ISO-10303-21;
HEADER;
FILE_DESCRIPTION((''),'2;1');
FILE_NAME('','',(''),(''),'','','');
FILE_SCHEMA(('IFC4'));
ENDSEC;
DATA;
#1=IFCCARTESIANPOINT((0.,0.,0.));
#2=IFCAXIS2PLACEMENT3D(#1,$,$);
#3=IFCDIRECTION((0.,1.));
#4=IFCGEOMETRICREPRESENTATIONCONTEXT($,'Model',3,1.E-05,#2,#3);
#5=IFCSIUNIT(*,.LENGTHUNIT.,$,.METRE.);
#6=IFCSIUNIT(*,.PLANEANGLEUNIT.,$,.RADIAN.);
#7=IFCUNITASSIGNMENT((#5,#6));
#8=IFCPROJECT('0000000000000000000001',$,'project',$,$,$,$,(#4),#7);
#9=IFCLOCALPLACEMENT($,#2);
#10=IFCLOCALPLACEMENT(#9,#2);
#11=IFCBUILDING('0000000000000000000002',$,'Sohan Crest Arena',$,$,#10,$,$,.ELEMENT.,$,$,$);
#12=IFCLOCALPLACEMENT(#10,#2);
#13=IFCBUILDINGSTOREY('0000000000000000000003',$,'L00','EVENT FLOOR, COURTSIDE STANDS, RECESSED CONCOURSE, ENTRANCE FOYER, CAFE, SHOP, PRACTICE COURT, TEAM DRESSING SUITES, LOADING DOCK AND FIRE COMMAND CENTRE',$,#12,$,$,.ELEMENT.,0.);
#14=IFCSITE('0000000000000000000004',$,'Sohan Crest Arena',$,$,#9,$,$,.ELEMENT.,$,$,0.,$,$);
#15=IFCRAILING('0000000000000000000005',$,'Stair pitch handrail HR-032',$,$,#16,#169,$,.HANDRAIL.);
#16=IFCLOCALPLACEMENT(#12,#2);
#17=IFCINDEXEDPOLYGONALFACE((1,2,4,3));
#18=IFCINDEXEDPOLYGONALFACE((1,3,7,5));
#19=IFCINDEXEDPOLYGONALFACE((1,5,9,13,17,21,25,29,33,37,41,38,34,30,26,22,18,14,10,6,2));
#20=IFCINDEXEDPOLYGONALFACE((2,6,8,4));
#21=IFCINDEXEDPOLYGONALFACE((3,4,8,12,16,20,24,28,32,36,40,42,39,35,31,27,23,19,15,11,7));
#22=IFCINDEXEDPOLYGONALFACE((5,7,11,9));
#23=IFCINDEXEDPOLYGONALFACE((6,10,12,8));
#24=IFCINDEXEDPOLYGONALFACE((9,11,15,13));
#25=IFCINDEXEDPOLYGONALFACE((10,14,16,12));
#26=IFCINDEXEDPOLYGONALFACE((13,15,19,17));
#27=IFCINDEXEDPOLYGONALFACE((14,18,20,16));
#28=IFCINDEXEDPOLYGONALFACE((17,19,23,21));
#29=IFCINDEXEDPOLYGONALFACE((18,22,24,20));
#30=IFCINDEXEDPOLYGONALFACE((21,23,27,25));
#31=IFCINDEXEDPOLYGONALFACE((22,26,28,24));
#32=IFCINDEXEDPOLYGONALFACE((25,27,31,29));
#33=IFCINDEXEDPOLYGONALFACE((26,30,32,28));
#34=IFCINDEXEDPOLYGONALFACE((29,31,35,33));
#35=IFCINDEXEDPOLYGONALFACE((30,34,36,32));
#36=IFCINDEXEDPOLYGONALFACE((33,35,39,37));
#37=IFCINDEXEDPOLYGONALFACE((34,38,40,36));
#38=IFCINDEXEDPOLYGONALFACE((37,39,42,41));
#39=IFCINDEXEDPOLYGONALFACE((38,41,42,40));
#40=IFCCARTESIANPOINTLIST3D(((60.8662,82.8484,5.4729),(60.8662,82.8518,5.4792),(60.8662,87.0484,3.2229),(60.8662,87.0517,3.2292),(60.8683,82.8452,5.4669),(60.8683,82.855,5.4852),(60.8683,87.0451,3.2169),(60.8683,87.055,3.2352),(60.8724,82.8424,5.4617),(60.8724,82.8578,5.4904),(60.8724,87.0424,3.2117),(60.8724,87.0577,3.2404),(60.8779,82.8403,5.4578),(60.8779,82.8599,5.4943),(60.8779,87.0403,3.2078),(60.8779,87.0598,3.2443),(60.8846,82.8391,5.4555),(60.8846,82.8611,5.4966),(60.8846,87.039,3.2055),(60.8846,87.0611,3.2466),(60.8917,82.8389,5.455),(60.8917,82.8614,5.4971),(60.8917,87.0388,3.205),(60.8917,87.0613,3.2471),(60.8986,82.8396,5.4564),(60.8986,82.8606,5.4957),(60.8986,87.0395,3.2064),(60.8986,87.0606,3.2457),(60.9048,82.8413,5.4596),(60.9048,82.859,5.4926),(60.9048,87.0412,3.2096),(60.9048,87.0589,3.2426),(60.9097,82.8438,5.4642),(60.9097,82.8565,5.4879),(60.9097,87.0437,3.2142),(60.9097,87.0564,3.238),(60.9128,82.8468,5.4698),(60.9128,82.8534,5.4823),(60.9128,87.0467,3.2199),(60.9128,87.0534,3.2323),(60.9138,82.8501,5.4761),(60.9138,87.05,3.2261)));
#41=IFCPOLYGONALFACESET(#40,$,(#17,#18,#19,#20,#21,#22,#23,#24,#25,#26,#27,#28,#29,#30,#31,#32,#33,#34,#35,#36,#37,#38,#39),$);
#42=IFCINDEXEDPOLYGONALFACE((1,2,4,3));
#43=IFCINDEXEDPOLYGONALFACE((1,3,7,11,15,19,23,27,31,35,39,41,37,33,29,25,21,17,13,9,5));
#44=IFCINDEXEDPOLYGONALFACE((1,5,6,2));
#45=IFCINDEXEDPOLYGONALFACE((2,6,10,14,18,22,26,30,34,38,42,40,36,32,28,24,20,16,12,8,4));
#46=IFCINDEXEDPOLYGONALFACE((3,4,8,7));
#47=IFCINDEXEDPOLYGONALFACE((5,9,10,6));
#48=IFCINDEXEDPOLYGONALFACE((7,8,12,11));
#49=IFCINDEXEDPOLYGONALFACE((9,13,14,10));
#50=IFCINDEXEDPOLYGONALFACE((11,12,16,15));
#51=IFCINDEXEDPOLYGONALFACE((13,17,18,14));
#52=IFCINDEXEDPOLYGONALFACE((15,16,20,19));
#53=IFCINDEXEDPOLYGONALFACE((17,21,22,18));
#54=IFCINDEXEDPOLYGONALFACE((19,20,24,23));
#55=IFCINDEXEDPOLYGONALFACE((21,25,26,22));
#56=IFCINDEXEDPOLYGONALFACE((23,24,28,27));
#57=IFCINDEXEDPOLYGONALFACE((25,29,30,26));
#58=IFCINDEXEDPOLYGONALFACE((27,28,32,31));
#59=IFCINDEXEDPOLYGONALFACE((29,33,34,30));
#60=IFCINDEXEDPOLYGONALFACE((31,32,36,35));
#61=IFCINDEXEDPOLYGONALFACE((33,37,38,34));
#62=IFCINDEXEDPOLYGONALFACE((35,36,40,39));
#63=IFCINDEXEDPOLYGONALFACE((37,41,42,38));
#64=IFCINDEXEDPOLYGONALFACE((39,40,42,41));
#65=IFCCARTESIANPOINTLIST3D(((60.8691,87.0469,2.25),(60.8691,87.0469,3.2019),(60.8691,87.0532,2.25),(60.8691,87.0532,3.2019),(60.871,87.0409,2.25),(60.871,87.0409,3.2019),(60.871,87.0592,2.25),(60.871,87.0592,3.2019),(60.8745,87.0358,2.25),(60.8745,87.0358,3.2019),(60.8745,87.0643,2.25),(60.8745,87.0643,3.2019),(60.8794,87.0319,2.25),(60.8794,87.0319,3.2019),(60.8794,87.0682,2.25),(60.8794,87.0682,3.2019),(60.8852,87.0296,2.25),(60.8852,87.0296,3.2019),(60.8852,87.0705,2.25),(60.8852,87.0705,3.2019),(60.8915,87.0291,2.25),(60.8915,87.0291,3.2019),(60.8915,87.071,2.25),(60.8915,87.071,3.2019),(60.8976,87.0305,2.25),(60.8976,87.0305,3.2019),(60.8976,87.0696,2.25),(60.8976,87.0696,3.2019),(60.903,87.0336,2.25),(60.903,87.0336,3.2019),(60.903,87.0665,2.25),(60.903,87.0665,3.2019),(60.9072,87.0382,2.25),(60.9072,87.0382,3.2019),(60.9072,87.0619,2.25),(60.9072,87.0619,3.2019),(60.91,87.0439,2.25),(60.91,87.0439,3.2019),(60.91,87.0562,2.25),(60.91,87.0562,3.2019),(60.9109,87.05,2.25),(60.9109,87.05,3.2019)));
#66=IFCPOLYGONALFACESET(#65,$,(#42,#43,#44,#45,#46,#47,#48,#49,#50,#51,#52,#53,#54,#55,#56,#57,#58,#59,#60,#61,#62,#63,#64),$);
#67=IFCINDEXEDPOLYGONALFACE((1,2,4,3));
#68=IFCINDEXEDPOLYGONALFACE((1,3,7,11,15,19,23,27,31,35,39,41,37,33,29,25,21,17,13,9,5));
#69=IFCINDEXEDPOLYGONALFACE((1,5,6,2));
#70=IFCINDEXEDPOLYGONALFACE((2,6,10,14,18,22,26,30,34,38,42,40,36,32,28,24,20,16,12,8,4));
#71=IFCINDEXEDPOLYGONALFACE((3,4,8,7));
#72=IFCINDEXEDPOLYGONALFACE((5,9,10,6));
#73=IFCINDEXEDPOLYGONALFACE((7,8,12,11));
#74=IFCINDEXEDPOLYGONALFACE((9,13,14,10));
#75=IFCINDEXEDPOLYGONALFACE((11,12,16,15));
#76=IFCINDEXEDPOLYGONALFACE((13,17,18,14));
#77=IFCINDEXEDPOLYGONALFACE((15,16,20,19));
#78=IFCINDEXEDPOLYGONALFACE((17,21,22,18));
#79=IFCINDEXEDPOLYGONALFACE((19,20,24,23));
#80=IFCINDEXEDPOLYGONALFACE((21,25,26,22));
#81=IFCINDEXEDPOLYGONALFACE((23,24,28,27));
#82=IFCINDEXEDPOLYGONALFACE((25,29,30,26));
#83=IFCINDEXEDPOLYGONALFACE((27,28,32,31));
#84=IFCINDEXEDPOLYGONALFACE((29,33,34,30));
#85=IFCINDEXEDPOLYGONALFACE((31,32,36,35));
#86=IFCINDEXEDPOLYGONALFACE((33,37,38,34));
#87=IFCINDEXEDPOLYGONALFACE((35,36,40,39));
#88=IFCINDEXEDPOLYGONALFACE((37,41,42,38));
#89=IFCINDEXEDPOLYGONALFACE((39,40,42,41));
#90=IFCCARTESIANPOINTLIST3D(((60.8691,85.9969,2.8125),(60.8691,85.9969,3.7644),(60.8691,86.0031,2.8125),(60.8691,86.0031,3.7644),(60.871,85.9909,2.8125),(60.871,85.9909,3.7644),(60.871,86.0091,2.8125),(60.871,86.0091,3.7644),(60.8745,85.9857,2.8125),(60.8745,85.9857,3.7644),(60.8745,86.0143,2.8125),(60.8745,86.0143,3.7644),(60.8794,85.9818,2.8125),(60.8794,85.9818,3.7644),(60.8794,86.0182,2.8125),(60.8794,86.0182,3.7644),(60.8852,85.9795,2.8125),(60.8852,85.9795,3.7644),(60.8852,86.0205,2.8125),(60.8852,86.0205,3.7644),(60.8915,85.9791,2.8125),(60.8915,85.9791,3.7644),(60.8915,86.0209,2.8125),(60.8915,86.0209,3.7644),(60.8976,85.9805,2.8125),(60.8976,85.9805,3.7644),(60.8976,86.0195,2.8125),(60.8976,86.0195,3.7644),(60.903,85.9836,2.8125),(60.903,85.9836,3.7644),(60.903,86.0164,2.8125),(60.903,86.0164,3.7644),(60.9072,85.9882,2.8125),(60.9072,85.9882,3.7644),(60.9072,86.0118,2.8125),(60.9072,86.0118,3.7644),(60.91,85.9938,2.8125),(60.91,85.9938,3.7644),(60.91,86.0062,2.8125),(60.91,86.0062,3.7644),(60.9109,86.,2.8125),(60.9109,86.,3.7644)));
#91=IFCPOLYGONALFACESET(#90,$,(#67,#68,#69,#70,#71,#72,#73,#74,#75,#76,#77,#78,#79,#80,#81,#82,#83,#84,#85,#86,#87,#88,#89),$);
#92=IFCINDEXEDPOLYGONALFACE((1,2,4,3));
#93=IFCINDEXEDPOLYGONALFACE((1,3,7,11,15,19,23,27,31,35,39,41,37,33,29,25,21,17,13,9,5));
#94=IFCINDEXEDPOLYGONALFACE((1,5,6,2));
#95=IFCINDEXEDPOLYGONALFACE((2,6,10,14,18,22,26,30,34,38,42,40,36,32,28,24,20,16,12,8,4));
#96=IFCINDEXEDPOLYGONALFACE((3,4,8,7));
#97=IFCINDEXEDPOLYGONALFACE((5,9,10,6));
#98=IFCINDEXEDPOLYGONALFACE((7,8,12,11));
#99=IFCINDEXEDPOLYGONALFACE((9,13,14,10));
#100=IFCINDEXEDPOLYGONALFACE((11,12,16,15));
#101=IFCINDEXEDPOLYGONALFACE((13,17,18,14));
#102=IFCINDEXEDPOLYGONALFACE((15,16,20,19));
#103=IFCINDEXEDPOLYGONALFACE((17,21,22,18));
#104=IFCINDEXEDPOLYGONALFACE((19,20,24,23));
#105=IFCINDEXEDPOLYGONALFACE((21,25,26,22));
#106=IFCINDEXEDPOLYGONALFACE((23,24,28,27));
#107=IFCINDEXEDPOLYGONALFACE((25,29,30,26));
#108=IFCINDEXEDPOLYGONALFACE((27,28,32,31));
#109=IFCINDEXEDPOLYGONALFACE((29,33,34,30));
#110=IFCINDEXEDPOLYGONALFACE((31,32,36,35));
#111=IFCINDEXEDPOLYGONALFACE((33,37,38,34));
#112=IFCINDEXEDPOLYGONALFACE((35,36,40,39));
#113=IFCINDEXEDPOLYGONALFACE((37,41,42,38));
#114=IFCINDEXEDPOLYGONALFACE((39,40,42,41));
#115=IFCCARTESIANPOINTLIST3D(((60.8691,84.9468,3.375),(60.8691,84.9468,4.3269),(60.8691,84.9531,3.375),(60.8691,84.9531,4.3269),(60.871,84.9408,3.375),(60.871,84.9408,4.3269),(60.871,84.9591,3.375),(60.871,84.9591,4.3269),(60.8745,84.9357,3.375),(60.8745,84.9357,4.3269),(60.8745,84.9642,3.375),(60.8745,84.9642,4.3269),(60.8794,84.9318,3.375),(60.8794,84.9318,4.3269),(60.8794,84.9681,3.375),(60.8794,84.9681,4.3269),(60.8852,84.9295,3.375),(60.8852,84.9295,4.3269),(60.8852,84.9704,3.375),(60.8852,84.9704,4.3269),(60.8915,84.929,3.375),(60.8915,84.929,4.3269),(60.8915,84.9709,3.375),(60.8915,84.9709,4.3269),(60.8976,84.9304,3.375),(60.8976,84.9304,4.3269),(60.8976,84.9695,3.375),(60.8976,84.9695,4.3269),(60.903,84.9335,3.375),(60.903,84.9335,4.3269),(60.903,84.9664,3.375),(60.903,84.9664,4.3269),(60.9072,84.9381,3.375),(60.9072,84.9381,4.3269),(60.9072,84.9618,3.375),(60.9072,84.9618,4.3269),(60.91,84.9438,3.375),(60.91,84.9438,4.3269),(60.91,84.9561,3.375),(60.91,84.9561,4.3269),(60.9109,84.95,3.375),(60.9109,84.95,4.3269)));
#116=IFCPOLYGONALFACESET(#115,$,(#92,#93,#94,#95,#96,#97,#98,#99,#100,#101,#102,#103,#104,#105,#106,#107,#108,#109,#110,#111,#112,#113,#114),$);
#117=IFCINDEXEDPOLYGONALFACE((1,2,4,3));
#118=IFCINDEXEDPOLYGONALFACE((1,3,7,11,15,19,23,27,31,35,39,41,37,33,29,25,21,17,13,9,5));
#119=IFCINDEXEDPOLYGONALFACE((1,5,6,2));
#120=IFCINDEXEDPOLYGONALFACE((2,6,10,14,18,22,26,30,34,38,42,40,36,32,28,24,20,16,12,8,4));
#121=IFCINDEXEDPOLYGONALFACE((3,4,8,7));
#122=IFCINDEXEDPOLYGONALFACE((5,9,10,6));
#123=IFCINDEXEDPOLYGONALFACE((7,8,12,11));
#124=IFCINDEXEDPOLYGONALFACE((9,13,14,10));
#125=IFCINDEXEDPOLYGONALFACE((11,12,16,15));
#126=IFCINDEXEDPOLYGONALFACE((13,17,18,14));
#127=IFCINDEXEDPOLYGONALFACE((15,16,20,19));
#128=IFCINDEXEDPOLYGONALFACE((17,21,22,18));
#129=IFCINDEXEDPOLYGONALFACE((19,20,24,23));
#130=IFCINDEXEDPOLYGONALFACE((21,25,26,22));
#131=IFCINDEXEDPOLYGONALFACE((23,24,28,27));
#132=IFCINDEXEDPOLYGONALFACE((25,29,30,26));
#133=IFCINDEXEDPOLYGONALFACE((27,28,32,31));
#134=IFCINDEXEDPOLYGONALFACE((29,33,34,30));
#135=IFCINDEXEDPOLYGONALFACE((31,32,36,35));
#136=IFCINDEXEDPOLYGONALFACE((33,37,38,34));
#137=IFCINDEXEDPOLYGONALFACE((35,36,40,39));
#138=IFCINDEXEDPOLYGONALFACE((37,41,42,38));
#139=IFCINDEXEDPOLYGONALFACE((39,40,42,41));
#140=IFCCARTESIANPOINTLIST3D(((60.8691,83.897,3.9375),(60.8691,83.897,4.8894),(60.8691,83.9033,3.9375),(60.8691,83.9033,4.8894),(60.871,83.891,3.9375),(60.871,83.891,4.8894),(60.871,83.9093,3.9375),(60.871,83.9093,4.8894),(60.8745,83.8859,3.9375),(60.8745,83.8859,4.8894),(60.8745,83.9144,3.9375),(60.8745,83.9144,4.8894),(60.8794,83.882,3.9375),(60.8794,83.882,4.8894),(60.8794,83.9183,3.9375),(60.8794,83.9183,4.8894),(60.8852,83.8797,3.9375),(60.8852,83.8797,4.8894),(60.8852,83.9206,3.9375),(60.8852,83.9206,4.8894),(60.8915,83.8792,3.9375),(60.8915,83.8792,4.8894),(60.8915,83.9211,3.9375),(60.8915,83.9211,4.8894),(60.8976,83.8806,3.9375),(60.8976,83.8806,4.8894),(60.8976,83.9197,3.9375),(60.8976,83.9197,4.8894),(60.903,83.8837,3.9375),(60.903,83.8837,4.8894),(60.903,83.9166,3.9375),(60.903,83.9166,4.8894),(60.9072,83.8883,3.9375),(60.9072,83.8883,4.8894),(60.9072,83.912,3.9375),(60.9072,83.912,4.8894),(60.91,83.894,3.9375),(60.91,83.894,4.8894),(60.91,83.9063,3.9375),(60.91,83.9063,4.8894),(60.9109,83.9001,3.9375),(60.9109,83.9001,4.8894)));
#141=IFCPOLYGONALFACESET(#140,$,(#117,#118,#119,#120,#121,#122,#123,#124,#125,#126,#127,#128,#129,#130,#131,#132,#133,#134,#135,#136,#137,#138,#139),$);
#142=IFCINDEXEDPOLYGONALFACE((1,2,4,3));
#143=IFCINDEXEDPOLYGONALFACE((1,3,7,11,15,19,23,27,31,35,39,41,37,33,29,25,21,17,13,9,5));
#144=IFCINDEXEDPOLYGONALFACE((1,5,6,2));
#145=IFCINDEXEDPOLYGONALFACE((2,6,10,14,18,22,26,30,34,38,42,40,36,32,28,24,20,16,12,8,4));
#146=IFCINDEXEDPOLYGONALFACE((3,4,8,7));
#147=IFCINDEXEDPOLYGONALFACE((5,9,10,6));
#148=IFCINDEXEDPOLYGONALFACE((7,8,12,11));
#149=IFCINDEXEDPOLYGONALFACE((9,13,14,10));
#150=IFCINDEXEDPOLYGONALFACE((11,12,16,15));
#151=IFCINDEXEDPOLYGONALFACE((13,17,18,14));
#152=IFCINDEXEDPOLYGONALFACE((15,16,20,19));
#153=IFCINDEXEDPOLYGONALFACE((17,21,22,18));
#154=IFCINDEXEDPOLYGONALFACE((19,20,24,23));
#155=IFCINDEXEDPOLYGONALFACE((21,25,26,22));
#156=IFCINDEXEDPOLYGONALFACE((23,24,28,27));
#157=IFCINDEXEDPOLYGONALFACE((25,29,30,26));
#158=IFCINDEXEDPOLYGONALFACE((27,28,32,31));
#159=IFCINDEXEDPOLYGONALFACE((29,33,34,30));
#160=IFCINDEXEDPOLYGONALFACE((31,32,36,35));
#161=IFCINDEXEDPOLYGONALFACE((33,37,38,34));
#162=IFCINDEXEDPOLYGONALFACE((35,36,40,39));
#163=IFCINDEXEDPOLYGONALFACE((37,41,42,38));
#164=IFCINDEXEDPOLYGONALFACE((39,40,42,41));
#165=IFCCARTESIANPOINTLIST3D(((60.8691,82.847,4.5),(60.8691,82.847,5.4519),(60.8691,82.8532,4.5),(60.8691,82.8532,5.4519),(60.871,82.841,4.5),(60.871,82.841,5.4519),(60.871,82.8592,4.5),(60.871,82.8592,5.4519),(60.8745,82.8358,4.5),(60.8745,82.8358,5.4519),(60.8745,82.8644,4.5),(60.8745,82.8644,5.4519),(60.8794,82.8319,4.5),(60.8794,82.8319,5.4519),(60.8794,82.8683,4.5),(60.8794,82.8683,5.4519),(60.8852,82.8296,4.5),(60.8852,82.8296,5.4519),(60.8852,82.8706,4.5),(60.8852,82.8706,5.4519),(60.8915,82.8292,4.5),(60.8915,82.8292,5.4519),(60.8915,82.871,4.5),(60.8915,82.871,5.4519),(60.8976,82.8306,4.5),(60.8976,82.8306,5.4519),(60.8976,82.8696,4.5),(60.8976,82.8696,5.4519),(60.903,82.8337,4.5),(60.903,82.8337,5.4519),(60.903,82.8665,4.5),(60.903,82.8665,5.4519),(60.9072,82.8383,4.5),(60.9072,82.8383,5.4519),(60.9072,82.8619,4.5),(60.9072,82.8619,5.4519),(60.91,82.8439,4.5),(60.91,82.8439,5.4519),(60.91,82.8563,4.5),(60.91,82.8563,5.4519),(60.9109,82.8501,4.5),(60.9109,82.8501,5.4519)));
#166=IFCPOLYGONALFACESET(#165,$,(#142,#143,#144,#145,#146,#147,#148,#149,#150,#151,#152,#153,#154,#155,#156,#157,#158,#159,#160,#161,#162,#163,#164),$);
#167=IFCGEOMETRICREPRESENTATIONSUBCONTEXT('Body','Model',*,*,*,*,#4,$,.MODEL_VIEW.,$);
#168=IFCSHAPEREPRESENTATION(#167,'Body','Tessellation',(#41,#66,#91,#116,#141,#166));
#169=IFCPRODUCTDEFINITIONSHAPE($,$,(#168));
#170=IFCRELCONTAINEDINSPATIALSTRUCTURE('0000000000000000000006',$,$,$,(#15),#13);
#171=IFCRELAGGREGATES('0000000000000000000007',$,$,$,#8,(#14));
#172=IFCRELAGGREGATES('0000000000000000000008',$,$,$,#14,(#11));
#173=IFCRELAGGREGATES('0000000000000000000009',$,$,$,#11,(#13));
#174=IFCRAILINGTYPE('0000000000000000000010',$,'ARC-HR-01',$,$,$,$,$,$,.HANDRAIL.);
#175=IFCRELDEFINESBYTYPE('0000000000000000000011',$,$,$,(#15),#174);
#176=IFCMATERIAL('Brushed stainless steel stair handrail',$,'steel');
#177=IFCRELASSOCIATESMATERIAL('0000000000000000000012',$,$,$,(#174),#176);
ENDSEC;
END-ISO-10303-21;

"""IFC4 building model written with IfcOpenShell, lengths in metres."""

from ifc_helpers import new_model, si_unit, direction, frame, origin, origin_2d, place, context, subcontext, project, spatial, circle, extrude, material, type_object, element, save


model = new_model("IFC4")

# Units and contexts
model_context = context("Model", 3, precision=1e-05, world=origin(), true_north=direction((0.0, 1.0)))
body_context = subcontext(model_context, "Body", "Model", "MODEL_VIEW")
ifc_project = project(units=[si_unit("LENGTHUNIT", "METRE"), si_unit("PLANEANGLEUNIT", "RADIAN")], contexts=[model_context])

# Site, building, storey
site_placement = place(None, origin())
site = spatial("IfcSite", under=ifc_project, at=site_placement, Name="Sohan Crest Arena", CompositionType="ELEMENT", RefElevation=0.0)
building_placement = place(site_placement, origin())
building = spatial("IfcBuilding", under=site, at=building_placement, Name="Sohan Crest Arena", CompositionType="ELEMENT")
storey_placement = place(building_placement, origin())
storey = spatial("IfcBuildingStorey", under=building, at=storey_placement, Name="L00", Description="EVENT FLOOR, COURTSIDE STANDS, RECESSED CONCOURSE, ENTRANCE FOYER, CAFE, SHOP, PRACTICE COURT, TEAM DRESSING SUITES, LOADING DOCK AND FIRE COMMAND CENTRE", CompositionType="ELEMENT", Elevation=0.0)

# Railing
ifc_material_1 = material(Name="Brushed stainless steel stair handrail", Category="steel")
railing_type_1 = type_object("IfcRailingType", Name="ARC-HR-01", PredefinedType="HANDRAIL", material=ifc_material_1)
for number, where, name in (
    (1, (60.8899, 87.05, 2.25), "Stair pitch handrail HR-032"),
):
    element("IfcRailing", number, at=place(storey_placement, frame(where)), inside=storey, type_object=railing_type_1, Name=name, PredefinedType="HANDRAIL", context=body_context, shape_type="SweptSolid", body=[
        extrude(circle(Radius=0.0239, at=origin_2d()), frame((0.0, 0.0, 0.9761), z_axis=(0.0, -0.881478, 0.472226), x_axis=(1.0, 0.0, 0.0)), (0.0, 0.0, 1.0), 4.7646),
        extrude(circle(Radius=0.021, at=origin_2d()), origin(), (0.0, 0.0, 1.0), 0.9519),
        extrude(circle(Radius=0.021, at=origin_2d()), frame((0.0, -1.05, 0.5625)), (0.0, 0.0, 1.0), 0.9519),
        extrude(circle(Radius=0.021, at=origin_2d()), frame((0.0, -2.1001, 1.125)), (0.0, 0.0, 1.0), 0.9519),
        extrude(circle(Radius=0.021, at=origin_2d()), frame((0.0, -3.1499, 1.6875)), (0.0, 0.0, 1.0), 0.9519),
        extrude(circle(Radius=0.021, at=origin_2d()), frame((0.0, -4.2, 2.25)), (0.0, 0.0, 1.0), 0.9519),
    ])

save(model, "model.ifc")
